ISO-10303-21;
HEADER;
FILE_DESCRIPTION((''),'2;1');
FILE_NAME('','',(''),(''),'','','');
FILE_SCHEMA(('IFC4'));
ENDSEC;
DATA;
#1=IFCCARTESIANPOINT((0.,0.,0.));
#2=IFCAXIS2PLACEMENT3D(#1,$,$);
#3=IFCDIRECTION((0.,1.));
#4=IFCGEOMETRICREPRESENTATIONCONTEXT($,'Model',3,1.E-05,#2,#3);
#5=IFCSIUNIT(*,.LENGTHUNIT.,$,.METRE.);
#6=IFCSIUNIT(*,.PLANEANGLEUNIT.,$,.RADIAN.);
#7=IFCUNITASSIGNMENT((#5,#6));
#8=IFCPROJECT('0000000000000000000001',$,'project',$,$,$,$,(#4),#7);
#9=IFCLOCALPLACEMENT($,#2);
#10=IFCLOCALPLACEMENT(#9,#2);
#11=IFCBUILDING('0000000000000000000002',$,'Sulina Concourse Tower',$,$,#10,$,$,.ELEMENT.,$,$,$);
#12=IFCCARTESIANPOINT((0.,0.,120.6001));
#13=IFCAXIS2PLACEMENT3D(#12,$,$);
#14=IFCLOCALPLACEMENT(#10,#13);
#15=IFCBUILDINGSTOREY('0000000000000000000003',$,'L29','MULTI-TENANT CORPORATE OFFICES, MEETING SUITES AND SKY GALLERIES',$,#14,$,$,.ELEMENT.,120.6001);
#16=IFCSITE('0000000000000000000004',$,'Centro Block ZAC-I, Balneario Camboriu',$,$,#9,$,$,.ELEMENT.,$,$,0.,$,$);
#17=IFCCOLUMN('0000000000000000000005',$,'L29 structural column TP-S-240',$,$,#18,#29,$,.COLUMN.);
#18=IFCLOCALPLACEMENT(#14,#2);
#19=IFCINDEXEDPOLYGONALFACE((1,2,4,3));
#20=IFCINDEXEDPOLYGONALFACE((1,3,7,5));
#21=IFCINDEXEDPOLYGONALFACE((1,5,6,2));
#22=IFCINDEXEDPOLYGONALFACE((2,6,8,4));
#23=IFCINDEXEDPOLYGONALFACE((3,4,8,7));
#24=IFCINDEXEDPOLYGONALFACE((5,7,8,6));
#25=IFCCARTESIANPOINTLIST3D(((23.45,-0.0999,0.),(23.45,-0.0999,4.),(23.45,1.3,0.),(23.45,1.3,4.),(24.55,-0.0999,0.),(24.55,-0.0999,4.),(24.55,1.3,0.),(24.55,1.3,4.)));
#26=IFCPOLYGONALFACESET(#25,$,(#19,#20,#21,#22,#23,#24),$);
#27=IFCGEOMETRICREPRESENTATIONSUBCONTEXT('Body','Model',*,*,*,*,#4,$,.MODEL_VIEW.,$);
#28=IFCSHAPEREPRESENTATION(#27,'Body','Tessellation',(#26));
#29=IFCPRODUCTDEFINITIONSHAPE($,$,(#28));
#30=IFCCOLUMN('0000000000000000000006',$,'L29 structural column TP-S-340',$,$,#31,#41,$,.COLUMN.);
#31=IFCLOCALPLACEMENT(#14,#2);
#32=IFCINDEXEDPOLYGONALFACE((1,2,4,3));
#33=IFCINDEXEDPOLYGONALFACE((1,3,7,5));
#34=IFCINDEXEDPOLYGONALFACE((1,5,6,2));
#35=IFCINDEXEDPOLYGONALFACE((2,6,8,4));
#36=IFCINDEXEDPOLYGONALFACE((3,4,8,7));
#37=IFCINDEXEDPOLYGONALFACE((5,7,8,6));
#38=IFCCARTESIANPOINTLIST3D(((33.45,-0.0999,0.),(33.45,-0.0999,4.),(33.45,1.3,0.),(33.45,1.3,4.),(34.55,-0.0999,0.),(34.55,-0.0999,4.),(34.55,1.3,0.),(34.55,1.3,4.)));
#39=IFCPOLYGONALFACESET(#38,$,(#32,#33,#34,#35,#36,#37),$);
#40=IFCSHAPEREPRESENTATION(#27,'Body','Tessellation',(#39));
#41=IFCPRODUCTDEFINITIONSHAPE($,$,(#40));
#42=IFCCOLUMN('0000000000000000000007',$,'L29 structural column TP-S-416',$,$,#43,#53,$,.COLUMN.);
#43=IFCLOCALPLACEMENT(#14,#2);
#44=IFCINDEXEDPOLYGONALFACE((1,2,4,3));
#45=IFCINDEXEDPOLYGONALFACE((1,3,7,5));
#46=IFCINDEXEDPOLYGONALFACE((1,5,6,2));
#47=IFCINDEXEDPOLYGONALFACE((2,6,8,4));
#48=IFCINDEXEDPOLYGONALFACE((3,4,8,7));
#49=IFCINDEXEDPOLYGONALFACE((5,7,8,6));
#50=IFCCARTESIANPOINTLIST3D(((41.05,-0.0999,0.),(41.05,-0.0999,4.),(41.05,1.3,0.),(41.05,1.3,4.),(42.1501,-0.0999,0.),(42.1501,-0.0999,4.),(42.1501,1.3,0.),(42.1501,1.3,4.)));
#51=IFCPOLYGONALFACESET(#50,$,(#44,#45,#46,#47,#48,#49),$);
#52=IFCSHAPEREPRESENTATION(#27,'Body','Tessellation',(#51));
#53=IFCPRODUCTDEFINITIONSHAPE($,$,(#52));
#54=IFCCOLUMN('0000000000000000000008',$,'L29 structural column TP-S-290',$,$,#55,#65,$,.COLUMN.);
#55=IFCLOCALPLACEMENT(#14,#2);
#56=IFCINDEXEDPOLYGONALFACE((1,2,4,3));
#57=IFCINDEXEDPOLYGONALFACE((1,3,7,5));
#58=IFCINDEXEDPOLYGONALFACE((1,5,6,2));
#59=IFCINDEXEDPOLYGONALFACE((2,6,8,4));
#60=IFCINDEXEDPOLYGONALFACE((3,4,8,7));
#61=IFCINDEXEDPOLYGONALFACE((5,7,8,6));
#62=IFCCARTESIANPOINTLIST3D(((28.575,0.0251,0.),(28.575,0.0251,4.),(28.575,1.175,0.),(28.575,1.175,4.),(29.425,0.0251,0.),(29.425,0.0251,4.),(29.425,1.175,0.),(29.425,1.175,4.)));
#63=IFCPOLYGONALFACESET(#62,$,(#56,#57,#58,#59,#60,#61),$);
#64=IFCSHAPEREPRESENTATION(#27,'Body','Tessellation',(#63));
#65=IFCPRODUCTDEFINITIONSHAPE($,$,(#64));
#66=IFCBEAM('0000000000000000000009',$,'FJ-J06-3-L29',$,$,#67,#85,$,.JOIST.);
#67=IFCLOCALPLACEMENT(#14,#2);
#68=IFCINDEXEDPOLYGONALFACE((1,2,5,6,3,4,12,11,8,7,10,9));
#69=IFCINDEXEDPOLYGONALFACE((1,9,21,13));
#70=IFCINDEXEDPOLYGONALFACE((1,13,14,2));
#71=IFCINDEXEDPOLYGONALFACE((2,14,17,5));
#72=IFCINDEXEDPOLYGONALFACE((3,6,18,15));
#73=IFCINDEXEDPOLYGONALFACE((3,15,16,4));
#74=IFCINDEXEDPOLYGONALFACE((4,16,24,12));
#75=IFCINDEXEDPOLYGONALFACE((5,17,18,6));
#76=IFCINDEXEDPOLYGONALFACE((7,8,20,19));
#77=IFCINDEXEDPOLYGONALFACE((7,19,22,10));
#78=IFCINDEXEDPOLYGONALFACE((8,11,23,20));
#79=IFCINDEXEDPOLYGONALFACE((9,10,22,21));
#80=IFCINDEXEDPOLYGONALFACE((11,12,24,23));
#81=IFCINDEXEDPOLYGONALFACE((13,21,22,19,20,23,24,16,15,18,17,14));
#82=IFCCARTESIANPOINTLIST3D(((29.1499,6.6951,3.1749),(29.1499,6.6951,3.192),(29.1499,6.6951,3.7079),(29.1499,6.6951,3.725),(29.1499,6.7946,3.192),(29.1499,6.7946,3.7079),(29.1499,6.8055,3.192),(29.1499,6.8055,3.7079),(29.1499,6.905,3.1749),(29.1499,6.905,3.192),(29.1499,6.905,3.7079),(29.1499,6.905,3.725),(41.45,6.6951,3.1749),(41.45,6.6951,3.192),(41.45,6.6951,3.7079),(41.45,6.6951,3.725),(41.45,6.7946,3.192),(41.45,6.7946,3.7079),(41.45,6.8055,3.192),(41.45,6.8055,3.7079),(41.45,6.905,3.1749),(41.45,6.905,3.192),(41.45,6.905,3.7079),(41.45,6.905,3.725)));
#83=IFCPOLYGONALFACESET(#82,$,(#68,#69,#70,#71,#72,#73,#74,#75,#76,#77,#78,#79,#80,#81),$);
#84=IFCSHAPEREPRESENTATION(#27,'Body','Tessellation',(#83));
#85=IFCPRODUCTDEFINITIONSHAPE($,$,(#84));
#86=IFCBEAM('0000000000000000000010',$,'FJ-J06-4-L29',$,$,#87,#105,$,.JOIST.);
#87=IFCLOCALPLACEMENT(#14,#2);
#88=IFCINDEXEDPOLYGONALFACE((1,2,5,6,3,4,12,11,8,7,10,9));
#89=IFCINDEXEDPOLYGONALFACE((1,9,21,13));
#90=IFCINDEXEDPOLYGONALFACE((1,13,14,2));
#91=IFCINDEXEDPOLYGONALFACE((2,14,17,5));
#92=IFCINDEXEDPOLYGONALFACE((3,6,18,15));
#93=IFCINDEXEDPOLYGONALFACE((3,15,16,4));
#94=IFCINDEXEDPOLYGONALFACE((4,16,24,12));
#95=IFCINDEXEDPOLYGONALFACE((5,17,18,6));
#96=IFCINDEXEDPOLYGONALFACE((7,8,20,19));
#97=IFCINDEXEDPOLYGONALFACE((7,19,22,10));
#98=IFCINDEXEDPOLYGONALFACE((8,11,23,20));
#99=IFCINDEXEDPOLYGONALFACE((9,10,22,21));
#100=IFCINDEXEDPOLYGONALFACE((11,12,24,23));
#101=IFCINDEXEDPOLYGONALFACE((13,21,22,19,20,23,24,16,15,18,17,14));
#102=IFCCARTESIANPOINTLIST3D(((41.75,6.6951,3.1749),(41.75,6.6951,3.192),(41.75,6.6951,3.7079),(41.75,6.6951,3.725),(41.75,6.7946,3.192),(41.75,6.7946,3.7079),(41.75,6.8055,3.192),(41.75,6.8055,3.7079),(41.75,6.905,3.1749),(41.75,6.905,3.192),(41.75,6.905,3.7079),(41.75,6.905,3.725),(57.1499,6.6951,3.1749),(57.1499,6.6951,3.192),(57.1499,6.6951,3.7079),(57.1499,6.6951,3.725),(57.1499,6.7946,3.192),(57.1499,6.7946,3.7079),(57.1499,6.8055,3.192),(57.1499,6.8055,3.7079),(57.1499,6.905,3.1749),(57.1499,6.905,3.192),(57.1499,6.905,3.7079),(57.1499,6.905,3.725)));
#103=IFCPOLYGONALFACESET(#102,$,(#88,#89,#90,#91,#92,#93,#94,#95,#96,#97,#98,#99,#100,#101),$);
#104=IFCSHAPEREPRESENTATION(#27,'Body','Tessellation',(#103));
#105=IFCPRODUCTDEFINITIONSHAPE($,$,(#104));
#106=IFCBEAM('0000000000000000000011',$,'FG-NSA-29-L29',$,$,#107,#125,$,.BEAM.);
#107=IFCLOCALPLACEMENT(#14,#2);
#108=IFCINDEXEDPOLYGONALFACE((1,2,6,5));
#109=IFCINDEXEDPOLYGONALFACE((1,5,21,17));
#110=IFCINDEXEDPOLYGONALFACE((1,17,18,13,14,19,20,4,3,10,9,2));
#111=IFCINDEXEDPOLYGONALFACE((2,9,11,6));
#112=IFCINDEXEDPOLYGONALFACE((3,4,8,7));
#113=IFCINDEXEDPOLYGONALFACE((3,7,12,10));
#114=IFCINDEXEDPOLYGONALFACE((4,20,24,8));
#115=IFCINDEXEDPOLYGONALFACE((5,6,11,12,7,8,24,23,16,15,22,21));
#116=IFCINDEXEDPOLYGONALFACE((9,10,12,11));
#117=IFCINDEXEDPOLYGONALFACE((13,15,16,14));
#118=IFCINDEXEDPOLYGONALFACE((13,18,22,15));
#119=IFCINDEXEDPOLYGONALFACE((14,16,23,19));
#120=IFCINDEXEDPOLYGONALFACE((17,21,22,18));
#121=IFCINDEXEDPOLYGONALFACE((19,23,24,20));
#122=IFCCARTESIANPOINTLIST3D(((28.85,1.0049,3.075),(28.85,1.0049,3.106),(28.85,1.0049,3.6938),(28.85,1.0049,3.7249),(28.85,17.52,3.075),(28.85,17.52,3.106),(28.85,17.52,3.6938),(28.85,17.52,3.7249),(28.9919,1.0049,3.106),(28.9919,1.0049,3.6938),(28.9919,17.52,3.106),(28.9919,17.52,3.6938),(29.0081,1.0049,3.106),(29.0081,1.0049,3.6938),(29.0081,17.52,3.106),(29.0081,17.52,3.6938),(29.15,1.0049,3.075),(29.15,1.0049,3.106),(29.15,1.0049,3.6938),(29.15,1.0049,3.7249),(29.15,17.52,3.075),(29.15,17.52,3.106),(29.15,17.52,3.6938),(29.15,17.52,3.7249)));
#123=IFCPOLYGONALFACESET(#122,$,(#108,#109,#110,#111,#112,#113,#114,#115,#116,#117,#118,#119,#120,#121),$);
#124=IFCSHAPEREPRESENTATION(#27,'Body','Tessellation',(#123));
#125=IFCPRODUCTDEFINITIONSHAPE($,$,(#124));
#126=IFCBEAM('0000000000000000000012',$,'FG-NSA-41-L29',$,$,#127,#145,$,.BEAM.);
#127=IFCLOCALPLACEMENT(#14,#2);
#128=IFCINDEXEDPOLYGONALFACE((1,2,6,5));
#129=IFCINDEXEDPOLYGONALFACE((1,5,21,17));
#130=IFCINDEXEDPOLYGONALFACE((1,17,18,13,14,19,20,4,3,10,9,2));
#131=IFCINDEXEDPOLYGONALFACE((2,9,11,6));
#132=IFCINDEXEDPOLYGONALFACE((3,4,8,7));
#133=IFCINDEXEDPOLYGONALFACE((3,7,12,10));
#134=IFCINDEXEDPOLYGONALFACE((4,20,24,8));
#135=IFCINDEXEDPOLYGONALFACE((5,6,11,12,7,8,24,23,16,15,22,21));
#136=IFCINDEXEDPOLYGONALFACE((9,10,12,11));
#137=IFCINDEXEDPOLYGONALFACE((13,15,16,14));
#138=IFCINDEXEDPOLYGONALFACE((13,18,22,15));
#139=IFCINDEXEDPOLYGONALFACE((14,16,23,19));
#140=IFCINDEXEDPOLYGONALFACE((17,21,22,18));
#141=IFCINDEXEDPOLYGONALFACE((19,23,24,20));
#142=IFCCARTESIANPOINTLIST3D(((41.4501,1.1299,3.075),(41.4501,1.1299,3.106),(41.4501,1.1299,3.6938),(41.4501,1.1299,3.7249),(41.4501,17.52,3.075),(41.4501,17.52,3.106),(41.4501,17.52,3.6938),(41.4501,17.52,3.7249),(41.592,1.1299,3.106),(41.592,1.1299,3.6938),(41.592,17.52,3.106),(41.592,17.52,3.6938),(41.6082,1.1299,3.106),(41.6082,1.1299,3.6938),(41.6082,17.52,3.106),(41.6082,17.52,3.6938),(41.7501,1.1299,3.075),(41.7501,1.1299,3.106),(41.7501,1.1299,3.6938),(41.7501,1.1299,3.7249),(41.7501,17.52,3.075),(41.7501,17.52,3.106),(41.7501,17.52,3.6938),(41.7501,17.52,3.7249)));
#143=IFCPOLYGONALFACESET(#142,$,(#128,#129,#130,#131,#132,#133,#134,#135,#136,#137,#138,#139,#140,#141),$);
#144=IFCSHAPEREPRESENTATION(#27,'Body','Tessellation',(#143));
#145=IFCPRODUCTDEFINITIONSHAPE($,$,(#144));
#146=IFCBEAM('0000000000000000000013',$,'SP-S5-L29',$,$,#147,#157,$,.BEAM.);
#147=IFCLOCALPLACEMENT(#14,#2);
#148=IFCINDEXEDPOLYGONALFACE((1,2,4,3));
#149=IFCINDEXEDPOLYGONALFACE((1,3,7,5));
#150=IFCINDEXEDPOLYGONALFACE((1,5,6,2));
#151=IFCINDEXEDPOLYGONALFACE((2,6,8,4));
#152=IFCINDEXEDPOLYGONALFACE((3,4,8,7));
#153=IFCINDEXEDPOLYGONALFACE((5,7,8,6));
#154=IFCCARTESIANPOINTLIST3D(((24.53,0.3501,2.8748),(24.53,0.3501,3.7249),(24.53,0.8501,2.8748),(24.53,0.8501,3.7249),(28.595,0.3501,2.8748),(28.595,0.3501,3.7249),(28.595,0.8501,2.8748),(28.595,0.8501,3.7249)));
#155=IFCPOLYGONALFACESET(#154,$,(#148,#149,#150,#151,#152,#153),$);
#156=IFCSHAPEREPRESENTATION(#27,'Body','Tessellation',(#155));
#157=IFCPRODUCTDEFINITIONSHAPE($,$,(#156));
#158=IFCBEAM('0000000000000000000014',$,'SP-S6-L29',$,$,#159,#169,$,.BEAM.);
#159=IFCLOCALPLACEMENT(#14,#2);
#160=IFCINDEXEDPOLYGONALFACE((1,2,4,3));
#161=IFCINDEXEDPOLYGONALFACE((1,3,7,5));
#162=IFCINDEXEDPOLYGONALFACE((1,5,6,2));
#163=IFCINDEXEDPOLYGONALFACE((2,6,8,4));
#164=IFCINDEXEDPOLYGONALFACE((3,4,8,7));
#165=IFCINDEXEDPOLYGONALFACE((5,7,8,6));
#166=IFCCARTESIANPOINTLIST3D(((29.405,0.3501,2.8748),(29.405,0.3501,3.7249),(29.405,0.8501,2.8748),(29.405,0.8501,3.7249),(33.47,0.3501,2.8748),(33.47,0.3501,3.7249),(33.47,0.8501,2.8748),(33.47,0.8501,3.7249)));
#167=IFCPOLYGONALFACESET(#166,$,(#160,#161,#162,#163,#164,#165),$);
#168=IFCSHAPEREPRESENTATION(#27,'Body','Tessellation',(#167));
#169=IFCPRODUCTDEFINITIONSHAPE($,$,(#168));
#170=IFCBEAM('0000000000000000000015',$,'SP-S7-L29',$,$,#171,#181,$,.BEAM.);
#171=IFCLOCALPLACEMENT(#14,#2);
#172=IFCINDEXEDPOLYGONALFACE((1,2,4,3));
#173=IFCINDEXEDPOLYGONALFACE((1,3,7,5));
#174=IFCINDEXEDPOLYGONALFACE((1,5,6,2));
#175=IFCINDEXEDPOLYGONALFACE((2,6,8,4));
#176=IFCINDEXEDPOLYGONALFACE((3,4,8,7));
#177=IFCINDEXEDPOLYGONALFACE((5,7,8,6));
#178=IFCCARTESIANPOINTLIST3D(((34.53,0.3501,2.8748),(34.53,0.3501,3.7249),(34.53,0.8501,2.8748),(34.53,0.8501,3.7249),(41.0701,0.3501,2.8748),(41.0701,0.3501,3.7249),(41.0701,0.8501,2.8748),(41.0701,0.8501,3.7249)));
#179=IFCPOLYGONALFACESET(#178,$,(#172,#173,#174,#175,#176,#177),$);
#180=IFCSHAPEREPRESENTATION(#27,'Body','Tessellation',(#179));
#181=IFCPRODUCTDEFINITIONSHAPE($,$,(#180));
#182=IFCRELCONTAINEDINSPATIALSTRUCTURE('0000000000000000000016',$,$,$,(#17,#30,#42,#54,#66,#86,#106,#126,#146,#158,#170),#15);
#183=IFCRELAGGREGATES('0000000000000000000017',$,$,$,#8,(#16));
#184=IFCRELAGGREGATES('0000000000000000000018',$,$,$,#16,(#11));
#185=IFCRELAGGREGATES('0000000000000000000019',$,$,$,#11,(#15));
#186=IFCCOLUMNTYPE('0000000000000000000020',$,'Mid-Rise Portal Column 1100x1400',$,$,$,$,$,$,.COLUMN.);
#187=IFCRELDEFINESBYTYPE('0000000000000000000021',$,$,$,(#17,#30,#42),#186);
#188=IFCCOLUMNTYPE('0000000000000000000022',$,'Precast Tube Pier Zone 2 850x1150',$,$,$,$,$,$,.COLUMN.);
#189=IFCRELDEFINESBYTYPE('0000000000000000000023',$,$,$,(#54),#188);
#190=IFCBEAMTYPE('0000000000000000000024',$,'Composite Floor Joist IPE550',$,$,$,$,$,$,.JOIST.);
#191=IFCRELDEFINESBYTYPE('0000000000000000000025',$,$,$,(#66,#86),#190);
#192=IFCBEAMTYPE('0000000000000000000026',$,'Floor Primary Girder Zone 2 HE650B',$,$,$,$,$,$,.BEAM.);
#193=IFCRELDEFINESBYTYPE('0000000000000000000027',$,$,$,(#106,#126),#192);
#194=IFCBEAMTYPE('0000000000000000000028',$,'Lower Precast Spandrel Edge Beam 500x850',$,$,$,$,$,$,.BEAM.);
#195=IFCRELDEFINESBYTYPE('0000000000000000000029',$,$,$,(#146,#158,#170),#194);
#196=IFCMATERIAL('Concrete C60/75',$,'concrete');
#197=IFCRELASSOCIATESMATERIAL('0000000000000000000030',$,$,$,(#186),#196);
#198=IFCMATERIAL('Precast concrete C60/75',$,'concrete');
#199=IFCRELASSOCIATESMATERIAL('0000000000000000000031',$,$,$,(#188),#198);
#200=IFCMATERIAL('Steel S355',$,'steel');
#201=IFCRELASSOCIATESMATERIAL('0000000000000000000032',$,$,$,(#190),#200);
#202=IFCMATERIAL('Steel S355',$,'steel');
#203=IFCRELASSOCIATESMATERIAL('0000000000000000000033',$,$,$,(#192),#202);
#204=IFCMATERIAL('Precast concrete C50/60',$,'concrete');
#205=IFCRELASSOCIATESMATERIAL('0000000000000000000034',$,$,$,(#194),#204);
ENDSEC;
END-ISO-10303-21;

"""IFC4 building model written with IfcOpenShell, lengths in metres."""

from ifc_helpers import new_model, si_unit, direction, frame, origin, origin_2d, place, context, subcontext, project, spatial, rectangle, i_section, extrude, material, material_profile, profile_set, type_object, element, save


model = new_model("IFC4")

# Units and contexts
model_context = context("Model", 3, precision=1e-05, world=origin(), true_north=direction((0.0, 1.0)))
body_context = subcontext(model_context, "Body", "Model", "MODEL_VIEW")
ifc_project = project(units=[si_unit("LENGTHUNIT", "METRE"), si_unit("PLANEANGLEUNIT", "RADIAN")], contexts=[model_context])

# Site, building, storey
site_placement = place(None, origin())
site = spatial("IfcSite", under=ifc_project, at=site_placement, Name="Centro Block ZAC-I, Balneario Camboriu", CompositionType="ELEMENT", RefElevation=0.0)
building_placement = place(site_placement, origin())
building = spatial("IfcBuilding", under=site, at=building_placement, Name="Sulina Concourse Tower", CompositionType="ELEMENT")
storey_placement = place(building_placement, frame((0.0, 0.0, 120.6001)))
storey = spatial("IfcBuildingStorey", under=building, at=storey_placement, Name="L29", Description="MULTI-TENANT CORPORATE OFFICES, MEETING SUITES AND SKY GALLERIES", CompositionType="ELEMENT", Elevation=120.6001)

# Columns
ifc_material_1 = material(Name="Concrete C60/75", Category="concrete")
ifc_material_profile_1 = material_profile(ifc_material_1, rectangle(XDim=1.1001, YDim=1.3999, at=origin_2d()), Name="RC 1100x1400")
ifc_profile_set_1 = profile_set([ifc_material_profile_1], Name="Concrete C60/75")
column_type_1 = type_object("IfcColumnType", Name="Mid-Rise Portal Column 1100x1400", PredefinedType="COLUMN", material=ifc_profile_set_1)
for number, where, z_axis, x_axis, name in (
    (1, (24.0, 0.6001, 0.0), (0.0, 0.0, 1.0), (1.0, 0.0, 0.0), "L29 structural column TP-S-240"),
    (2, (34.0, 0.6001, 0.0), (0.0, 0.0, 1.0), (1.0, 0.0, 0.0), "L29 structural column TP-S-340"),
    (3, (41.6001, 0.6001, 0.0), (0.0, 0.0, 1.0), (1.0, 0.0, 0.0), "L29 structural column TP-S-416"),
):
    element("IfcColumn", number, at=place(storey_placement, frame(where, z_axis=z_axis, x_axis=x_axis)), inside=storey, type_object=column_type_1, Name=name, PredefinedType="COLUMN", context=body_context, shape_type="SweptSolid", body=[
        extrude(rectangle(XDim=1.1001, YDim=1.3999, at=origin_2d()), origin(), (0.0, 0.0, 1.0), 4.0),
    ])
ifc_material_2 = material(Name="Precast concrete C60/75", Category="concrete")
ifc_material_profile_2 = material_profile(ifc_material_2, rectangle(XDim=0.8501, YDim=1.1499, at=origin_2d()), Name="PC 850x1150")
ifc_profile_set_2 = profile_set([ifc_material_profile_2], Name="Precast concrete C60/75")
column_type_2 = type_object("IfcColumnType", Name="Precast Tube Pier Zone 2 850x1150", PredefinedType="COLUMN", material=ifc_profile_set_2)
column_placement = place(storey_placement, frame((29.0, 0.6001, 0.0), z_axis=(0.0, 0.0, 1.0), x_axis=(1.0, 0.0, 0.0)))
element("IfcColumn", 4, at=column_placement, inside=storey, type_object=column_type_2, Name="L29 structural column TP-S-290", PredefinedType="COLUMN", context=body_context, shape_type="SweptSolid", body=[
    extrude(rectangle(XDim=0.8501, YDim=1.1499, at=origin_2d()), origin(), (0.0, 0.0, 1.0), 4.0),
])

# Beams
ifc_material_3 = material(Name="Steel S355", Category="steel")
ifc_material_profile_3 = material_profile(ifc_material_3, i_section(OverallWidth=0.21, OverallDepth=0.55, WebThickness=0.011, FlangeThickness=0.0171, at=origin_2d()), Name="IPE 550")
ifc_profile_set_3 = profile_set([ifc_material_profile_3], Name="Steel S355")
beam_type_1 = type_object("IfcBeamType", Name="Composite Floor Joist IPE550", PredefinedType="JOIST", material=ifc_profile_set_3)
beam_1_placement = place(storey_placement, frame((29.1499, 6.8, 3.45), z_axis=(1.0, 0.0, 0.0), x_axis=(0.0, 1.0, 0.0)))
element("IfcBeam", 5, at=beam_1_placement, inside=storey, type_object=beam_type_1, Name="FJ-J06-3-L29", PredefinedType="JOIST", context=body_context, shape_type="SweptSolid", body=[
    extrude(i_section(OverallWidth=0.21, OverallDepth=0.55, WebThickness=0.011, FlangeThickness=0.0171, at=origin_2d()), origin(), (0.0, 0.0, 1.0), 12.3),
])
beam_2_placement = place(storey_placement, frame((41.75, 6.8, 3.45), z_axis=(1.0, 0.0, 0.0), x_axis=(0.0, 1.0, 0.0)))
element("IfcBeam", 6, at=beam_2_placement, inside=storey, type_object=beam_type_1, Name="FJ-J06-4-L29", PredefinedType="JOIST", context=body_context, shape_type="SweptSolid", body=[
    extrude(i_section(OverallWidth=0.21, OverallDepth=0.55, WebThickness=0.011, FlangeThickness=0.0171, at=origin_2d()), origin(), (0.0, 0.0, 1.0), 15.3999),
])
ifc_material_4 = material(Name="Steel S355", Category="steel")
ifc_material_profile_4 = material_profile(ifc_material_4, i_section(OverallWidth=0.3, OverallDepth=0.6499, WebThickness=0.0161, FlangeThickness=0.031, at=origin_2d()), Name="HE 650 B")
ifc_profile_set_4 = profile_set([ifc_material_profile_4], Name="Steel S355")
beam_type_2 = type_object("IfcBeamType", Name="Floor Primary Girder Zone 2 HE650B", PredefinedType="BEAM", material=ifc_profile_set_4)
beam_3_placement = place(storey_placement, frame((29.0, 1.0049, 3.3999), z_axis=(0.0, 1.0, 0.0), x_axis=(-1.0, 0.0, 0.0)))
element("IfcBeam", 7, at=beam_3_placement, inside=storey, type_object=beam_type_2, Name="FG-NSA-29-L29", PredefinedType="BEAM", context=body_context, shape_type="SweptSolid", body=[
    extrude(i_section(OverallWidth=0.3, OverallDepth=0.6499, WebThickness=0.0161, FlangeThickness=0.031, at=origin_2d()), origin(), (0.0, 0.0, 1.0), 16.5151),
])
beam_4_placement = place(storey_placement, frame((41.6001, 1.1299, 3.3999), z_axis=(0.0, 1.0, 0.0), x_axis=(-1.0, 0.0, 0.0)))
element("IfcBeam", 8, at=beam_4_placement, inside=storey, type_object=beam_type_2, Name="FG-NSA-41-L29", PredefinedType="BEAM", context=body_context, shape_type="SweptSolid", body=[
    extrude(i_section(OverallWidth=0.3, OverallDepth=0.6499, WebThickness=0.0161, FlangeThickness=0.031, at=origin_2d()), origin(), (0.0, 0.0, 1.0), 16.3901),
])
ifc_material_5 = material(Name="Precast concrete C50/60", Category="concrete")
ifc_material_profile_5 = material_profile(ifc_material_5, rectangle(XDim=0.5, YDim=0.8501, at=origin_2d()), Name="RC 500x850")
ifc_profile_set_5 = profile_set([ifc_material_profile_5], Name="Precast concrete C50/60")
beam_type_3 = type_object("IfcBeamType", Name="Lower Precast Spandrel Edge Beam 500x850", PredefinedType="BEAM", material=ifc_profile_set_5)
for number, where, z_axis, x_axis, name in (
    (9, (24.53, 0.6001, 3.2998), (1.0, 0.0, 0.0), (0.0, 1.0, 0.0), "SP-S5-L29"),
    (10, (29.405, 0.6001, 3.2998), (1.0, 0.0, 0.0), (0.0, 1.0, 0.0), "SP-S6-L29"),
):
    element("IfcBeam", number, at=place(storey_placement, frame(where, z_axis=z_axis, x_axis=x_axis)), inside=storey, type_object=beam_type_3, Name=name, PredefinedType="BEAM", context=body_context, shape_type="SweptSolid", body=[
        extrude(rectangle(XDim=0.5, YDim=0.8501, at=origin_2d()), origin(), (0.0, 0.0, 1.0), 4.0649),
    ])
beam_5_placement = place(storey_placement, frame((34.53, 0.6001, 3.2998), z_axis=(1.0, 0.0, 0.0), x_axis=(0.0, 1.0, 0.0)))
element("IfcBeam", 11, at=beam_5_placement, inside=storey, type_object=beam_type_3, Name="SP-S7-L29", PredefinedType="BEAM", context=body_context, shape_type="SweptSolid", body=[
    extrude(rectangle(XDim=0.5, YDim=0.8501, at=origin_2d()), origin(), (0.0, 0.0, 1.0), 6.54),
])

save(model, "model.ifc")
